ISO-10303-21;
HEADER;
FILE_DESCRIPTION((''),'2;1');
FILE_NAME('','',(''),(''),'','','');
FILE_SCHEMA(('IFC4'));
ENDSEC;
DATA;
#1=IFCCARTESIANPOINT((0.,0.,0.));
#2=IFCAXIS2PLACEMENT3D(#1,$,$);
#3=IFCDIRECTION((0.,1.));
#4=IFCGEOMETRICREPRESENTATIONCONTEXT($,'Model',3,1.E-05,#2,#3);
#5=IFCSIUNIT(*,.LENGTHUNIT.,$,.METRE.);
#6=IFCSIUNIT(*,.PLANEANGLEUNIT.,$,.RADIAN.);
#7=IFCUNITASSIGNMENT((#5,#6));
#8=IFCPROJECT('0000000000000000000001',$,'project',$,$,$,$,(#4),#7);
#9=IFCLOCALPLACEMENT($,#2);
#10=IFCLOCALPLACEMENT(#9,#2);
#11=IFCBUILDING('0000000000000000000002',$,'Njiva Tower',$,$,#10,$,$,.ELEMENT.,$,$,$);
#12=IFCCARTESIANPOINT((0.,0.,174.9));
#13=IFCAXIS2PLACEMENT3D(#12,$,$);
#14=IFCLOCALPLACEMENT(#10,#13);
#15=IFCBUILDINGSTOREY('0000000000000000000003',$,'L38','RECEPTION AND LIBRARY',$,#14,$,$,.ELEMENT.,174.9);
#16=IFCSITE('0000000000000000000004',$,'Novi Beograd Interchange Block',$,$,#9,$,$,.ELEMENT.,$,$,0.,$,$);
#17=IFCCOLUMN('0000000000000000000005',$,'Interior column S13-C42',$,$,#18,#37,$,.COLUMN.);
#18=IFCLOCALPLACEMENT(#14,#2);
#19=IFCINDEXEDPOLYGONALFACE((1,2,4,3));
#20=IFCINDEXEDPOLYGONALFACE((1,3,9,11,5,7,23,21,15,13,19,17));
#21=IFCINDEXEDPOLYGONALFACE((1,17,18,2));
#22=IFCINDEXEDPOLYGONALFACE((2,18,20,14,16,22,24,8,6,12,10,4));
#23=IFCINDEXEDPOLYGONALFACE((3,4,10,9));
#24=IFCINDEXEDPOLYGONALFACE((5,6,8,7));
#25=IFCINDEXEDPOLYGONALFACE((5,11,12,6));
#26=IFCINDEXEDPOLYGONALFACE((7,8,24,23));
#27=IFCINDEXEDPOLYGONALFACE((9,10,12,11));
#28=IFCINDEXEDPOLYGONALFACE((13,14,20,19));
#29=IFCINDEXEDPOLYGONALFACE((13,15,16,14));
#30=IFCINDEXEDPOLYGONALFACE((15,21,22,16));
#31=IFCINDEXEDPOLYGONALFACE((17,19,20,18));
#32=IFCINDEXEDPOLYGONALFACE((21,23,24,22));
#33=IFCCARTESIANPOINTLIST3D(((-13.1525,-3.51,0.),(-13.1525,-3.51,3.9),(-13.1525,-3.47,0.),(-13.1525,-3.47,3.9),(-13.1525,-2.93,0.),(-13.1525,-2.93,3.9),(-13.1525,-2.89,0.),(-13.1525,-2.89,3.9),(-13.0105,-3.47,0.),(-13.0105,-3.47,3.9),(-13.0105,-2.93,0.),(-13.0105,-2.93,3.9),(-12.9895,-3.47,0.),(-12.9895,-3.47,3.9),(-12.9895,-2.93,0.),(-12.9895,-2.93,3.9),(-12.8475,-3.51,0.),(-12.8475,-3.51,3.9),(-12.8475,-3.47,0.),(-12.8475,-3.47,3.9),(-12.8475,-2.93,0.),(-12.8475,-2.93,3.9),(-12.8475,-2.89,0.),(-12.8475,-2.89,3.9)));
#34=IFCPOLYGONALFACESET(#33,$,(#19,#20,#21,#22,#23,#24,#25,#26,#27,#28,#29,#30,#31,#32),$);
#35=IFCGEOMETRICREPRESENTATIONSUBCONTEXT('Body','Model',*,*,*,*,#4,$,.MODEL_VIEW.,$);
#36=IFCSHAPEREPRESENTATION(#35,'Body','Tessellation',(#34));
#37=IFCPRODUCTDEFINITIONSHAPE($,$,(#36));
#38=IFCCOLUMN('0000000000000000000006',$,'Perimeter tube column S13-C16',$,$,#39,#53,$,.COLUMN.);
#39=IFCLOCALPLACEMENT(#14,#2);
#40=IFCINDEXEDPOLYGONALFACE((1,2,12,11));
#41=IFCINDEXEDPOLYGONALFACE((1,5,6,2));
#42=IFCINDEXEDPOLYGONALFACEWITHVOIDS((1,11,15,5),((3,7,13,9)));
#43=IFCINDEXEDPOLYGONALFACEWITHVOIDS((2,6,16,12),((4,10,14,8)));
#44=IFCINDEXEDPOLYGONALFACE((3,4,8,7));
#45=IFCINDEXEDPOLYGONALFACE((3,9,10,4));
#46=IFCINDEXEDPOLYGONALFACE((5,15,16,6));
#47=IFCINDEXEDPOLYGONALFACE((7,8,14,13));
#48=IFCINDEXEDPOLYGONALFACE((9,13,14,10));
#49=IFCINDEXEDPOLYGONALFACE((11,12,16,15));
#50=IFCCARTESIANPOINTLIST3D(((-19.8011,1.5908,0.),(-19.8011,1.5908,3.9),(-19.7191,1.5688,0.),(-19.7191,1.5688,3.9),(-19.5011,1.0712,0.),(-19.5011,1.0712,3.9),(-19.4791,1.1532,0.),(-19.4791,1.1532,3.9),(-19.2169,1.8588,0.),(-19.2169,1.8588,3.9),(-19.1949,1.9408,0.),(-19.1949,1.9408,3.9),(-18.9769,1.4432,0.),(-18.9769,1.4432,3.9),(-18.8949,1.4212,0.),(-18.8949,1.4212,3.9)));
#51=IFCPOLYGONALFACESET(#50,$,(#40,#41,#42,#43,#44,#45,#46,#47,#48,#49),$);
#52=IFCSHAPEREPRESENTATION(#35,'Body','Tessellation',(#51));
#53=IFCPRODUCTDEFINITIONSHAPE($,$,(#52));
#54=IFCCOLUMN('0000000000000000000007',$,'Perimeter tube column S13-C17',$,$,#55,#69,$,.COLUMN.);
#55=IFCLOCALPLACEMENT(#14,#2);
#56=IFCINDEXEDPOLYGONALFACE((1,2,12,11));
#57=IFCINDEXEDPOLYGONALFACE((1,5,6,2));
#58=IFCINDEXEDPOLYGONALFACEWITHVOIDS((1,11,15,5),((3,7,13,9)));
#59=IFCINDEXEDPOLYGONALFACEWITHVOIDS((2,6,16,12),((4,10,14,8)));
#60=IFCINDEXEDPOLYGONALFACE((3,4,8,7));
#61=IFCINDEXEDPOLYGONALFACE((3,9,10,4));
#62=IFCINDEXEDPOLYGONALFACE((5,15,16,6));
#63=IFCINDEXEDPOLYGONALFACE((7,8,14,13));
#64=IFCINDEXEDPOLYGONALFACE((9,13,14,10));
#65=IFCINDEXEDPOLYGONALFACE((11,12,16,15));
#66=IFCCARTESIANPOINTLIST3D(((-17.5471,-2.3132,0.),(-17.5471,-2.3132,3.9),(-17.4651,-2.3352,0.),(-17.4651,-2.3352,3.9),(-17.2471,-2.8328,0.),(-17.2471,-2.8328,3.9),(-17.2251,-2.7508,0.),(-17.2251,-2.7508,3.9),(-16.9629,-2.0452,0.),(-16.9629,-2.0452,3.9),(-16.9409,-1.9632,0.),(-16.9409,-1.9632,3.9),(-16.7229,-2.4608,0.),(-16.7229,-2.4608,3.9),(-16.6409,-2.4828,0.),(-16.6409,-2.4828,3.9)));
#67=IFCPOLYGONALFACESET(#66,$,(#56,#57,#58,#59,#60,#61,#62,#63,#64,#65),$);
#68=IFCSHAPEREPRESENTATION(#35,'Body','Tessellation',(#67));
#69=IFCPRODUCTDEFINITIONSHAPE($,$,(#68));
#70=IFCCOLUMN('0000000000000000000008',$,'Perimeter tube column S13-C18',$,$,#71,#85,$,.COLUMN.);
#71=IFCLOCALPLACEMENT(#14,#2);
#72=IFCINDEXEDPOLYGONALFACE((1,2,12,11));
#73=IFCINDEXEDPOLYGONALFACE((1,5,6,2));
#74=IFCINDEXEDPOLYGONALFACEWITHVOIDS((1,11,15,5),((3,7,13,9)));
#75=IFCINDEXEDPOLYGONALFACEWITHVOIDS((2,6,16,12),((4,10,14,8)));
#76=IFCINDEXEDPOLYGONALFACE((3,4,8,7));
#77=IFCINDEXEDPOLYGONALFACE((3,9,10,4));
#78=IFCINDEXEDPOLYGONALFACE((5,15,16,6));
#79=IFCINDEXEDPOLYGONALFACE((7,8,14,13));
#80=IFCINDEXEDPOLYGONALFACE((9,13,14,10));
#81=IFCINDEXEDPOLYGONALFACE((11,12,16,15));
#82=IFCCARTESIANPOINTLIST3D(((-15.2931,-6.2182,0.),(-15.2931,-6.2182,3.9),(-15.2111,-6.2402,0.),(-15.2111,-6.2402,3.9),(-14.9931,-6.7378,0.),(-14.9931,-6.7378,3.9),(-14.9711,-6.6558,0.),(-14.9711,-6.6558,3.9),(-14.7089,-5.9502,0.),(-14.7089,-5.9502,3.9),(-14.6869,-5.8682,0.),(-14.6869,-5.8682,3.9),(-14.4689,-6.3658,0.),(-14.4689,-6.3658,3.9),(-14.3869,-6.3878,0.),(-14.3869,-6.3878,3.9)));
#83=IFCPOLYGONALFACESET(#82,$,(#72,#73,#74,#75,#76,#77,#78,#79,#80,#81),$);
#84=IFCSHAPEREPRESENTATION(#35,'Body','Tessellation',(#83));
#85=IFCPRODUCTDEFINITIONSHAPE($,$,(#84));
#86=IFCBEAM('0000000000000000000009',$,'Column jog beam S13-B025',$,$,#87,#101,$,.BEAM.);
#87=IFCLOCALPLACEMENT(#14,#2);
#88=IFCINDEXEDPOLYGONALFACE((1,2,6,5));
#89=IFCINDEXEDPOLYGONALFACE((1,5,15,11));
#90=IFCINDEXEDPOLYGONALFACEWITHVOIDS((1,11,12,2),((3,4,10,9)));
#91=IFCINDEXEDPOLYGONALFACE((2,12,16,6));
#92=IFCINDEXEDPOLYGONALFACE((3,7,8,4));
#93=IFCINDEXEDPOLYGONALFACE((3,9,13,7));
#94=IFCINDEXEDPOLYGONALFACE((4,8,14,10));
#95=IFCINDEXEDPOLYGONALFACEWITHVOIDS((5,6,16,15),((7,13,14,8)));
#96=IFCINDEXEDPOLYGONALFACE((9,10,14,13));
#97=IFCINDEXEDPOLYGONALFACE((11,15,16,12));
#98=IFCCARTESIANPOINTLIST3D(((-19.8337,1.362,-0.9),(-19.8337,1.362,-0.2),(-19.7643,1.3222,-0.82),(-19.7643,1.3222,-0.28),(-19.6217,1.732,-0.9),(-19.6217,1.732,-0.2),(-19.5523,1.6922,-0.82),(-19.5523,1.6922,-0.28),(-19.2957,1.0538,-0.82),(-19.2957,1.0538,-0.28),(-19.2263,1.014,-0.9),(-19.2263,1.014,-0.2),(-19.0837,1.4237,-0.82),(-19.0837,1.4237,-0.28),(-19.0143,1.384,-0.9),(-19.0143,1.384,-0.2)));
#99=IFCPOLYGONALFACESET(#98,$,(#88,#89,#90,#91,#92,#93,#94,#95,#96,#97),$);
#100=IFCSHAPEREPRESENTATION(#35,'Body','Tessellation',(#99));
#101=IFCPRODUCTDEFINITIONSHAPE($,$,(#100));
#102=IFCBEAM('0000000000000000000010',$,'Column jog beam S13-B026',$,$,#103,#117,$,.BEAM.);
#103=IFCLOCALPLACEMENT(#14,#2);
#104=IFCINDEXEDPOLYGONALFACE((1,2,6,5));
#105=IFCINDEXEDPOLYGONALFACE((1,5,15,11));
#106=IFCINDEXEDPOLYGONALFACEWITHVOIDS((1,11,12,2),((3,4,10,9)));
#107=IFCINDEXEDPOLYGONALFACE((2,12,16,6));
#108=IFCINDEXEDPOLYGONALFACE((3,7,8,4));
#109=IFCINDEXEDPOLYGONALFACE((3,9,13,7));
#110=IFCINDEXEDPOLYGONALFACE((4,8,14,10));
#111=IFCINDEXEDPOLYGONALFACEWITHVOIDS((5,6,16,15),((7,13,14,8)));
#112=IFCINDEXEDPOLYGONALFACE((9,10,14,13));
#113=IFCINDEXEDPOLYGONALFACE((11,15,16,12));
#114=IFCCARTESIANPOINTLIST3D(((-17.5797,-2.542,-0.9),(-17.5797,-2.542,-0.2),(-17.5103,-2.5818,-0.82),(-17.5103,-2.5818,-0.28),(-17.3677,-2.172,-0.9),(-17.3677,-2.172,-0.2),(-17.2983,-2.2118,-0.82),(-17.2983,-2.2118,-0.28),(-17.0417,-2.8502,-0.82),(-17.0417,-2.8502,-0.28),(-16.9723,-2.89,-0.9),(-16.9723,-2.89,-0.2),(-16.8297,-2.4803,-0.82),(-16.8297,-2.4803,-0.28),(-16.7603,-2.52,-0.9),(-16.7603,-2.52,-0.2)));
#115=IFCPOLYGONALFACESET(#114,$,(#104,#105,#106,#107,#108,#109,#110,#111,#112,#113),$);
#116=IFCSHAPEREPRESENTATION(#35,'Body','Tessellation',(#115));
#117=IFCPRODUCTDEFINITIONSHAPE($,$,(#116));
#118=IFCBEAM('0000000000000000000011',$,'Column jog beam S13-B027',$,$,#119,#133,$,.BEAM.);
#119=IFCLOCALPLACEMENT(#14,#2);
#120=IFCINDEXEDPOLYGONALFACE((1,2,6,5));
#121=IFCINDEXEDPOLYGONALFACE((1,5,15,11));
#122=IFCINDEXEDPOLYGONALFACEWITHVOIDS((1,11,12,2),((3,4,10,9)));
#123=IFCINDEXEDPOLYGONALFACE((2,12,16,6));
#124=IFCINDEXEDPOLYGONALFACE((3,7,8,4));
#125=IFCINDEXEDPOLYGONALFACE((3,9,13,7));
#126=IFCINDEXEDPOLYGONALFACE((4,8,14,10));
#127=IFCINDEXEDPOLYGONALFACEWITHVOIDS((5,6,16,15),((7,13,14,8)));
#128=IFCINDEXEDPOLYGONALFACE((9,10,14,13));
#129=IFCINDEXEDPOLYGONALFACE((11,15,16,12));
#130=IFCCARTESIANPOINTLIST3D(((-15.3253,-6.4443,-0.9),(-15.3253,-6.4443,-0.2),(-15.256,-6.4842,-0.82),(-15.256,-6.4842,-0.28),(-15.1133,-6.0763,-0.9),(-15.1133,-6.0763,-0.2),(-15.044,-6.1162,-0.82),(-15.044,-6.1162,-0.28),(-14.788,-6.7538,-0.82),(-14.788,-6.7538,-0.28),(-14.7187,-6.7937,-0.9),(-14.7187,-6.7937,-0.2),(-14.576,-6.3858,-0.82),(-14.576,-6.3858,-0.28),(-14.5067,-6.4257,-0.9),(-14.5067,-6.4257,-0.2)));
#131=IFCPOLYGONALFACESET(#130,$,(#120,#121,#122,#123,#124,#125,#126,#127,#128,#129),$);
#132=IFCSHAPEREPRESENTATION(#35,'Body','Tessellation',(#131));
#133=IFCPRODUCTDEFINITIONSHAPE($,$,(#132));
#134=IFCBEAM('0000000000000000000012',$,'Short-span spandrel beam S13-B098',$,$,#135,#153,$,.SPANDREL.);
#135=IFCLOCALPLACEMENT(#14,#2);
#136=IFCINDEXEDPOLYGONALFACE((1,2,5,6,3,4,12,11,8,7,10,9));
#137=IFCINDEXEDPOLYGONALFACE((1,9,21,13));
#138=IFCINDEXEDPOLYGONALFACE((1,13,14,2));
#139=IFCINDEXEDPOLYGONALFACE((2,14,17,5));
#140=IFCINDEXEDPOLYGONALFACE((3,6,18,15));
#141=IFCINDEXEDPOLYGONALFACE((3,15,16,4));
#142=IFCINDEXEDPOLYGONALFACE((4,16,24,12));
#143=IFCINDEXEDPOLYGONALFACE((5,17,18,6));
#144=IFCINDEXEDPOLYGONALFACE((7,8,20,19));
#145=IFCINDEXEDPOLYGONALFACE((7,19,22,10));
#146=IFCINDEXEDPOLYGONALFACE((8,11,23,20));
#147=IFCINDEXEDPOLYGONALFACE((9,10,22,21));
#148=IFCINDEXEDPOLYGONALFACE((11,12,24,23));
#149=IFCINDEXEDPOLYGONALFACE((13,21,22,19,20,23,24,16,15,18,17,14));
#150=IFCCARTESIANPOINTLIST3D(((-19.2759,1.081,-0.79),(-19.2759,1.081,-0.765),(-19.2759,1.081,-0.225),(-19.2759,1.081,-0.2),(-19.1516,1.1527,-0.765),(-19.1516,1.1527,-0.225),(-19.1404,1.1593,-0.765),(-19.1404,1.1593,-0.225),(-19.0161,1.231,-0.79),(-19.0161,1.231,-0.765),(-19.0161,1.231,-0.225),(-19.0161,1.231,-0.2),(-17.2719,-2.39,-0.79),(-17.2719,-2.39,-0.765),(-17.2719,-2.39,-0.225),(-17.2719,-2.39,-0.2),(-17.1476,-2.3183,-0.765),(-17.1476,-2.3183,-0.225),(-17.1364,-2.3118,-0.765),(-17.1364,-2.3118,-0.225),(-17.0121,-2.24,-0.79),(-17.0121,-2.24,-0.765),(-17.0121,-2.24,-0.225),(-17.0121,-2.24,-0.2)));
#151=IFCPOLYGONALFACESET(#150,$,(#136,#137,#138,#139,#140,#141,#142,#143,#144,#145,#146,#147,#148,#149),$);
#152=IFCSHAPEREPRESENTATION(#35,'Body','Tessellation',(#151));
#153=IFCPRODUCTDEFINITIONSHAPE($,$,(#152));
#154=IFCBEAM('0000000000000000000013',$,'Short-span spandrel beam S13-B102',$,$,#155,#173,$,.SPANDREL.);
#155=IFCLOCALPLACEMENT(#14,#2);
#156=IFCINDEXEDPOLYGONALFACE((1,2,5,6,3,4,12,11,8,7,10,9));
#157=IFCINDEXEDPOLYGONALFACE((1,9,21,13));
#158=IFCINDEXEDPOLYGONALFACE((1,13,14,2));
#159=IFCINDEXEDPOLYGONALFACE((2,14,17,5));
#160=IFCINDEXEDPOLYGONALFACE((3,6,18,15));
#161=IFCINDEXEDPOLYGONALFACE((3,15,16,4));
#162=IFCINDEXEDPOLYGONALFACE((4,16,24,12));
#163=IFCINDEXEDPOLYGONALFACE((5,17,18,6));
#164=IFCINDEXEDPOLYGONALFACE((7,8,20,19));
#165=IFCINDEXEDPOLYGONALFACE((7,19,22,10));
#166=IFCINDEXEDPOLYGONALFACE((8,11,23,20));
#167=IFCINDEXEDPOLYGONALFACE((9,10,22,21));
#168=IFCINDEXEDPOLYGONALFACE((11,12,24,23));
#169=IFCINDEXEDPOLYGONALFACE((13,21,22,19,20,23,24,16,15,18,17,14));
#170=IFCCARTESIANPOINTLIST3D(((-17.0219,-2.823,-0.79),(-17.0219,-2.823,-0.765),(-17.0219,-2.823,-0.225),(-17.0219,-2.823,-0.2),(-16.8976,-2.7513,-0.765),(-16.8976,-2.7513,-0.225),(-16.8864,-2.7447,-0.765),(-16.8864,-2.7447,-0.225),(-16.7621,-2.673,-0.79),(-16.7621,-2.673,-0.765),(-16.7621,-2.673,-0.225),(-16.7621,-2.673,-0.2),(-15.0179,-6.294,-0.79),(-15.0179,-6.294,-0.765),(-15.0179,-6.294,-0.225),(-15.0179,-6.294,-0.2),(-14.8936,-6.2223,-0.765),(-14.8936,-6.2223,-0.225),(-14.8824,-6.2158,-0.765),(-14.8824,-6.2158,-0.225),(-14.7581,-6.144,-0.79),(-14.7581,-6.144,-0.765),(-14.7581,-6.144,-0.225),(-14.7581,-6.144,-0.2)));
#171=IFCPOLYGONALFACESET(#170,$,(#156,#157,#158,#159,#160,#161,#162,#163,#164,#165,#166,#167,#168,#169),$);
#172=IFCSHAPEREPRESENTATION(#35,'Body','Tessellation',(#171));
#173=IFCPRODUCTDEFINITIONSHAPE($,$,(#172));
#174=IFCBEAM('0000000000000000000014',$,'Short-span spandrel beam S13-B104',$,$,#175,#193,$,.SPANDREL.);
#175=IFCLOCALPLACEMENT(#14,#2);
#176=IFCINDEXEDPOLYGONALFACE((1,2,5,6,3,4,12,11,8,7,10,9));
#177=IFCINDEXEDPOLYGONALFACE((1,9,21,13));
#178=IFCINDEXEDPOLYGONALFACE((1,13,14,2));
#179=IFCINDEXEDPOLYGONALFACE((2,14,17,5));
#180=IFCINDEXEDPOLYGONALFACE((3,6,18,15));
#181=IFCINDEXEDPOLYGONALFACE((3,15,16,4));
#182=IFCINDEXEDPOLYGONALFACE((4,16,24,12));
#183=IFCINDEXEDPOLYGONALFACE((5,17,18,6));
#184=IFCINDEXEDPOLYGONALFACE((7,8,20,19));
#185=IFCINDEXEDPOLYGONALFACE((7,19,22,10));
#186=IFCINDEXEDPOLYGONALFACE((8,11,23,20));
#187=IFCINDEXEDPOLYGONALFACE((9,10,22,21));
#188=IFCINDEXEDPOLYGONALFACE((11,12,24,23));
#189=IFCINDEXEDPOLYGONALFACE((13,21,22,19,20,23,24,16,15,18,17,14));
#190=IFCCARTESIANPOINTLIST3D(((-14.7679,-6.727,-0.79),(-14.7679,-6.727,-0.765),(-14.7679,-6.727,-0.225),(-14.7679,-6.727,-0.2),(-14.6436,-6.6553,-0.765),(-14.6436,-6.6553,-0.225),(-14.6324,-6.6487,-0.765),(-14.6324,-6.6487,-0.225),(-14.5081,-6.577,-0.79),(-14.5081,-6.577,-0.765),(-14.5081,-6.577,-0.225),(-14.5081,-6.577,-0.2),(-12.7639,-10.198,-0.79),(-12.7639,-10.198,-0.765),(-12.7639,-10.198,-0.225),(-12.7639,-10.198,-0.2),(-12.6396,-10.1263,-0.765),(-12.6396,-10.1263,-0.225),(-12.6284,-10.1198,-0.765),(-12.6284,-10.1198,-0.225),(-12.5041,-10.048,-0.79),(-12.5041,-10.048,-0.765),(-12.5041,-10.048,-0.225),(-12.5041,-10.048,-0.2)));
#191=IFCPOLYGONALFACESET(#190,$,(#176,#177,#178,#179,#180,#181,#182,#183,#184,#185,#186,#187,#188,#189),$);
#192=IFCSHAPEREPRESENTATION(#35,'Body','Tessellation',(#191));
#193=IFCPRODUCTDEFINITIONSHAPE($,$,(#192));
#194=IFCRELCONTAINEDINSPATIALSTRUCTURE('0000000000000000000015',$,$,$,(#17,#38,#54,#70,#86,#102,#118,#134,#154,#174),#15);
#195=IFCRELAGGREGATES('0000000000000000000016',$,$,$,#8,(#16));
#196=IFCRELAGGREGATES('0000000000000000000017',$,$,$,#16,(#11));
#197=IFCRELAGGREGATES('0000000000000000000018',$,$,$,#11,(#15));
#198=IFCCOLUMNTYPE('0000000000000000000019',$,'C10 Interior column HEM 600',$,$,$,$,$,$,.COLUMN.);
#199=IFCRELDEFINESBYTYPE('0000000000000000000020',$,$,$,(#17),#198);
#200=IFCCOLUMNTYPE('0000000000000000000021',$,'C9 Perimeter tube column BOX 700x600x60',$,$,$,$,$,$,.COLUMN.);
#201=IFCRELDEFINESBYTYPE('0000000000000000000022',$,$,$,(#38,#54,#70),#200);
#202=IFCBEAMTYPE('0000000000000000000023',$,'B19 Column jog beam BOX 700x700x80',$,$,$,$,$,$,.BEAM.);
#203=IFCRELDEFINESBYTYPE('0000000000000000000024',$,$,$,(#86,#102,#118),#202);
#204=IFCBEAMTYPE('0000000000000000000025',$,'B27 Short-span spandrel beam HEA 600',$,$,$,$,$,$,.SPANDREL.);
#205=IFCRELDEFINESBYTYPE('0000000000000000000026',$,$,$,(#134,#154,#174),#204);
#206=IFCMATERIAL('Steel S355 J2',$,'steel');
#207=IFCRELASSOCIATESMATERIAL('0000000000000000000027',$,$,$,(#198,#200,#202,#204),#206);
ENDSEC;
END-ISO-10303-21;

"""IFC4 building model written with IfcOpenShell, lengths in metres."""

from ifc_helpers import new_model, si_unit, direction, frame, origin, origin_2d, place, context, subcontext, project, spatial, hollow_rectangle, i_section, extrude, material, material_profile, profile_set, type_object, element, save


model = new_model("IFC4")

# Units and contexts
model_context = context("Model", 3, precision=1e-05, world=origin(), true_north=direction((0.0, 1.0)))
body_context = subcontext(model_context, "Body", "Model", "MODEL_VIEW")
ifc_project = project(units=[si_unit("LENGTHUNIT", "METRE"), si_unit("PLANEANGLEUNIT", "RADIAN")], contexts=[model_context])

# Site, building, storey
site_placement = place(None, origin())
site = spatial("IfcSite", under=ifc_project, at=site_placement, Name="Novi Beograd Interchange Block", CompositionType="ELEMENT", RefElevation=0.0)
building_placement = place(site_placement, origin())
building = spatial("IfcBuilding", under=site, at=building_placement, Name="Njiva Tower", CompositionType="ELEMENT")
storey_placement = place(building_placement, frame((0.0, 0.0, 174.9)))
storey = spatial("IfcBuildingStorey", under=building, at=storey_placement, Name="L38", Description="RECEPTION AND LIBRARY", CompositionType="ELEMENT", Elevation=174.9)

# Columns
ifc_material_1 = material(Name="Steel S355 J2", Category="steel")
ifc_material_profile_1 = material_profile(ifc_material_1, i_section(OverallWidth=0.305, OverallDepth=0.62, WebThickness=0.021, FlangeThickness=0.04, at=origin_2d()), Name="HEM 600")
ifc_profile_set_1 = profile_set([ifc_material_profile_1], Name="Steel S355 J2")
column_type_1 = type_object("IfcColumnType", Name="C10 Interior column HEM 600", PredefinedType="COLUMN", material=ifc_profile_set_1)
column_placement = place(storey_placement, frame((-13.0, -3.2, 0.0), z_axis=(0.0, 0.0, 1.0), x_axis=(1.0, 0.0, 0.0)))
element("IfcColumn", 1, at=column_placement, inside=storey, type_object=column_type_1, Name="Interior column S13-C42", PredefinedType="COLUMN", context=body_context, shape_type="SweptSolid", body=[
    extrude(i_section(OverallWidth=0.305, OverallDepth=0.62, WebThickness=0.021, FlangeThickness=0.04, at=origin_2d()), origin(), (0.0, 0.0, 1.0), 3.9),
])
ifc_material_profile_2 = material_profile(ifc_material_1, hollow_rectangle(XDim=0.6, YDim=0.7, WallThickness=0.06, at=origin_2d()), Name="BOX 700x600x60")
ifc_profile_set_2 = profile_set([ifc_material_profile_2], Name="Steel S355 J2")
column_type_2 = type_object("IfcColumnType", Name="C9 Perimeter tube column BOX 700x600x60", PredefinedType="COLUMN", material=ifc_profile_set_2)
for number, where, z_axis, x_axis, name in (
    (2, (-19.348, 1.506, 0.0), (0.0, 0.0, 1.0), (0.5, -0.866025, 0.0), "Perimeter tube column S13-C16"),
    (3, (-17.094, -2.398, 0.0), (0.0, 0.0, 1.0), (0.5, -0.866025, 0.0), "Perimeter tube column S13-C17"),
    (4, (-14.84, -6.303, 0.0), (0.0, 0.0, 1.0), (0.5, -0.866025, 0.0), "Perimeter tube column S13-C18"),
):
    element("IfcColumn", number, at=place(storey_placement, frame(where, z_axis=z_axis, x_axis=x_axis)), inside=storey, type_object=column_type_2, Name=name, PredefinedType="COLUMN", context=body_context, shape_type="SweptSolid", body=[
        extrude(hollow_rectangle(XDim=0.6, YDim=0.7, WallThickness=0.06, at=origin_2d()), origin(), (0.0, 0.0, 1.0), 3.9),
    ])

# Beams
ifc_material_profile_3 = material_profile(ifc_material_1, hollow_rectangle(XDim=0.7, YDim=0.7, WallThickness=0.08, at=origin_2d()), Name="BOX 700x700x80")
ifc_profile_set_3 = profile_set([ifc_material_profile_3], Name="Steel S355 J2")
beam_type_1 = type_object("IfcBeamType", Name="B19 Column jog beam BOX 700x700x80", PredefinedType="BEAM", material=ifc_profile_set_3)
for number, where, z_axis, x_axis, name in (
    (5, (-19.53, 1.188, -0.55), (0.497149, 0.867665, 0.0), (-0.867665, 0.497149, 0.0), "Column jog beam S13-B025"),
    (6, (-17.276, -2.716, -0.55), (0.497149, 0.867665, 0.0), (-0.867665, 0.497149, 0.0), "Column jog beam S13-B026"),
):
    element("IfcBeam", number, at=place(storey_placement, frame(where, z_axis=z_axis, x_axis=x_axis)), inside=storey, type_object=beam_type_1, Name=name, PredefinedType="BEAM", context=body_context, shape_type="SweptSolid", body=[
        extrude(hollow_rectangle(XDim=0.7, YDim=0.7, WallThickness=0.08, at=origin_2d()), origin(), (0.0, 0.0, 1.0), 0.4264),
    ])
beam_1_placement = place(storey_placement, frame((-15.022, -6.619, -0.55), z_axis=(0.499179, 0.866499, 0.0), x_axis=(-0.866499, 0.499179, 0.0)))
element("IfcBeam", 7, at=beam_1_placement, inside=storey, type_object=beam_type_1, Name="Column jog beam S13-B027", PredefinedType="BEAM", context=body_context, shape_type="SweptSolid", body=[
    extrude(hollow_rectangle(XDim=0.7, YDim=0.7, WallThickness=0.08, at=origin_2d()), origin(), (0.0, 0.0, 1.0), 0.4247),
])
ifc_material_profile_4 = material_profile(ifc_material_1, i_section(OverallWidth=0.3, OverallDepth=0.59, WebThickness=0.013, FlangeThickness=0.025, at=origin_2d()), Name="HEA 600")
ifc_profile_set_4 = profile_set([ifc_material_profile_4], Name="Steel S355 J2")
beam_type_2 = type_object("IfcBeamType", Name="B27 Short-span spandrel beam HEA 600", PredefinedType="SPANDREL", material=ifc_profile_set_4)
for number, where, z_axis, x_axis, name in (
    (8, (-19.146, 1.156, -0.495), (0.500003, -0.866024, 0.0), (0.866024, 0.500003, 0.0), "Short-span spandrel beam S13-B098"),
    (9, (-16.892, -2.748, -0.495), (0.500003, -0.866024, 0.0), (0.866024, 0.500003, 0.0), "Short-span spandrel beam S13-B102"),
    (10, (-14.638, -6.652, -0.495), (0.500003, -0.866024, 0.0), (0.866024, 0.500003, 0.0), "Short-span spandrel beam S13-B104"),
):
    element("IfcBeam", number, at=place(storey_placement, frame(where, z_axis=z_axis, x_axis=x_axis)), inside=storey, type_object=beam_type_2, Name=name, PredefinedType="SPANDREL", context=body_context, shape_type="SweptSolid", body=[
        extrude(i_section(OverallWidth=0.3, OverallDepth=0.59, WebThickness=0.013, FlangeThickness=0.025, at=origin_2d()), origin(), (0.0, 0.0, 1.0), 4.008),
    ])

save(model, "model.ifc")
